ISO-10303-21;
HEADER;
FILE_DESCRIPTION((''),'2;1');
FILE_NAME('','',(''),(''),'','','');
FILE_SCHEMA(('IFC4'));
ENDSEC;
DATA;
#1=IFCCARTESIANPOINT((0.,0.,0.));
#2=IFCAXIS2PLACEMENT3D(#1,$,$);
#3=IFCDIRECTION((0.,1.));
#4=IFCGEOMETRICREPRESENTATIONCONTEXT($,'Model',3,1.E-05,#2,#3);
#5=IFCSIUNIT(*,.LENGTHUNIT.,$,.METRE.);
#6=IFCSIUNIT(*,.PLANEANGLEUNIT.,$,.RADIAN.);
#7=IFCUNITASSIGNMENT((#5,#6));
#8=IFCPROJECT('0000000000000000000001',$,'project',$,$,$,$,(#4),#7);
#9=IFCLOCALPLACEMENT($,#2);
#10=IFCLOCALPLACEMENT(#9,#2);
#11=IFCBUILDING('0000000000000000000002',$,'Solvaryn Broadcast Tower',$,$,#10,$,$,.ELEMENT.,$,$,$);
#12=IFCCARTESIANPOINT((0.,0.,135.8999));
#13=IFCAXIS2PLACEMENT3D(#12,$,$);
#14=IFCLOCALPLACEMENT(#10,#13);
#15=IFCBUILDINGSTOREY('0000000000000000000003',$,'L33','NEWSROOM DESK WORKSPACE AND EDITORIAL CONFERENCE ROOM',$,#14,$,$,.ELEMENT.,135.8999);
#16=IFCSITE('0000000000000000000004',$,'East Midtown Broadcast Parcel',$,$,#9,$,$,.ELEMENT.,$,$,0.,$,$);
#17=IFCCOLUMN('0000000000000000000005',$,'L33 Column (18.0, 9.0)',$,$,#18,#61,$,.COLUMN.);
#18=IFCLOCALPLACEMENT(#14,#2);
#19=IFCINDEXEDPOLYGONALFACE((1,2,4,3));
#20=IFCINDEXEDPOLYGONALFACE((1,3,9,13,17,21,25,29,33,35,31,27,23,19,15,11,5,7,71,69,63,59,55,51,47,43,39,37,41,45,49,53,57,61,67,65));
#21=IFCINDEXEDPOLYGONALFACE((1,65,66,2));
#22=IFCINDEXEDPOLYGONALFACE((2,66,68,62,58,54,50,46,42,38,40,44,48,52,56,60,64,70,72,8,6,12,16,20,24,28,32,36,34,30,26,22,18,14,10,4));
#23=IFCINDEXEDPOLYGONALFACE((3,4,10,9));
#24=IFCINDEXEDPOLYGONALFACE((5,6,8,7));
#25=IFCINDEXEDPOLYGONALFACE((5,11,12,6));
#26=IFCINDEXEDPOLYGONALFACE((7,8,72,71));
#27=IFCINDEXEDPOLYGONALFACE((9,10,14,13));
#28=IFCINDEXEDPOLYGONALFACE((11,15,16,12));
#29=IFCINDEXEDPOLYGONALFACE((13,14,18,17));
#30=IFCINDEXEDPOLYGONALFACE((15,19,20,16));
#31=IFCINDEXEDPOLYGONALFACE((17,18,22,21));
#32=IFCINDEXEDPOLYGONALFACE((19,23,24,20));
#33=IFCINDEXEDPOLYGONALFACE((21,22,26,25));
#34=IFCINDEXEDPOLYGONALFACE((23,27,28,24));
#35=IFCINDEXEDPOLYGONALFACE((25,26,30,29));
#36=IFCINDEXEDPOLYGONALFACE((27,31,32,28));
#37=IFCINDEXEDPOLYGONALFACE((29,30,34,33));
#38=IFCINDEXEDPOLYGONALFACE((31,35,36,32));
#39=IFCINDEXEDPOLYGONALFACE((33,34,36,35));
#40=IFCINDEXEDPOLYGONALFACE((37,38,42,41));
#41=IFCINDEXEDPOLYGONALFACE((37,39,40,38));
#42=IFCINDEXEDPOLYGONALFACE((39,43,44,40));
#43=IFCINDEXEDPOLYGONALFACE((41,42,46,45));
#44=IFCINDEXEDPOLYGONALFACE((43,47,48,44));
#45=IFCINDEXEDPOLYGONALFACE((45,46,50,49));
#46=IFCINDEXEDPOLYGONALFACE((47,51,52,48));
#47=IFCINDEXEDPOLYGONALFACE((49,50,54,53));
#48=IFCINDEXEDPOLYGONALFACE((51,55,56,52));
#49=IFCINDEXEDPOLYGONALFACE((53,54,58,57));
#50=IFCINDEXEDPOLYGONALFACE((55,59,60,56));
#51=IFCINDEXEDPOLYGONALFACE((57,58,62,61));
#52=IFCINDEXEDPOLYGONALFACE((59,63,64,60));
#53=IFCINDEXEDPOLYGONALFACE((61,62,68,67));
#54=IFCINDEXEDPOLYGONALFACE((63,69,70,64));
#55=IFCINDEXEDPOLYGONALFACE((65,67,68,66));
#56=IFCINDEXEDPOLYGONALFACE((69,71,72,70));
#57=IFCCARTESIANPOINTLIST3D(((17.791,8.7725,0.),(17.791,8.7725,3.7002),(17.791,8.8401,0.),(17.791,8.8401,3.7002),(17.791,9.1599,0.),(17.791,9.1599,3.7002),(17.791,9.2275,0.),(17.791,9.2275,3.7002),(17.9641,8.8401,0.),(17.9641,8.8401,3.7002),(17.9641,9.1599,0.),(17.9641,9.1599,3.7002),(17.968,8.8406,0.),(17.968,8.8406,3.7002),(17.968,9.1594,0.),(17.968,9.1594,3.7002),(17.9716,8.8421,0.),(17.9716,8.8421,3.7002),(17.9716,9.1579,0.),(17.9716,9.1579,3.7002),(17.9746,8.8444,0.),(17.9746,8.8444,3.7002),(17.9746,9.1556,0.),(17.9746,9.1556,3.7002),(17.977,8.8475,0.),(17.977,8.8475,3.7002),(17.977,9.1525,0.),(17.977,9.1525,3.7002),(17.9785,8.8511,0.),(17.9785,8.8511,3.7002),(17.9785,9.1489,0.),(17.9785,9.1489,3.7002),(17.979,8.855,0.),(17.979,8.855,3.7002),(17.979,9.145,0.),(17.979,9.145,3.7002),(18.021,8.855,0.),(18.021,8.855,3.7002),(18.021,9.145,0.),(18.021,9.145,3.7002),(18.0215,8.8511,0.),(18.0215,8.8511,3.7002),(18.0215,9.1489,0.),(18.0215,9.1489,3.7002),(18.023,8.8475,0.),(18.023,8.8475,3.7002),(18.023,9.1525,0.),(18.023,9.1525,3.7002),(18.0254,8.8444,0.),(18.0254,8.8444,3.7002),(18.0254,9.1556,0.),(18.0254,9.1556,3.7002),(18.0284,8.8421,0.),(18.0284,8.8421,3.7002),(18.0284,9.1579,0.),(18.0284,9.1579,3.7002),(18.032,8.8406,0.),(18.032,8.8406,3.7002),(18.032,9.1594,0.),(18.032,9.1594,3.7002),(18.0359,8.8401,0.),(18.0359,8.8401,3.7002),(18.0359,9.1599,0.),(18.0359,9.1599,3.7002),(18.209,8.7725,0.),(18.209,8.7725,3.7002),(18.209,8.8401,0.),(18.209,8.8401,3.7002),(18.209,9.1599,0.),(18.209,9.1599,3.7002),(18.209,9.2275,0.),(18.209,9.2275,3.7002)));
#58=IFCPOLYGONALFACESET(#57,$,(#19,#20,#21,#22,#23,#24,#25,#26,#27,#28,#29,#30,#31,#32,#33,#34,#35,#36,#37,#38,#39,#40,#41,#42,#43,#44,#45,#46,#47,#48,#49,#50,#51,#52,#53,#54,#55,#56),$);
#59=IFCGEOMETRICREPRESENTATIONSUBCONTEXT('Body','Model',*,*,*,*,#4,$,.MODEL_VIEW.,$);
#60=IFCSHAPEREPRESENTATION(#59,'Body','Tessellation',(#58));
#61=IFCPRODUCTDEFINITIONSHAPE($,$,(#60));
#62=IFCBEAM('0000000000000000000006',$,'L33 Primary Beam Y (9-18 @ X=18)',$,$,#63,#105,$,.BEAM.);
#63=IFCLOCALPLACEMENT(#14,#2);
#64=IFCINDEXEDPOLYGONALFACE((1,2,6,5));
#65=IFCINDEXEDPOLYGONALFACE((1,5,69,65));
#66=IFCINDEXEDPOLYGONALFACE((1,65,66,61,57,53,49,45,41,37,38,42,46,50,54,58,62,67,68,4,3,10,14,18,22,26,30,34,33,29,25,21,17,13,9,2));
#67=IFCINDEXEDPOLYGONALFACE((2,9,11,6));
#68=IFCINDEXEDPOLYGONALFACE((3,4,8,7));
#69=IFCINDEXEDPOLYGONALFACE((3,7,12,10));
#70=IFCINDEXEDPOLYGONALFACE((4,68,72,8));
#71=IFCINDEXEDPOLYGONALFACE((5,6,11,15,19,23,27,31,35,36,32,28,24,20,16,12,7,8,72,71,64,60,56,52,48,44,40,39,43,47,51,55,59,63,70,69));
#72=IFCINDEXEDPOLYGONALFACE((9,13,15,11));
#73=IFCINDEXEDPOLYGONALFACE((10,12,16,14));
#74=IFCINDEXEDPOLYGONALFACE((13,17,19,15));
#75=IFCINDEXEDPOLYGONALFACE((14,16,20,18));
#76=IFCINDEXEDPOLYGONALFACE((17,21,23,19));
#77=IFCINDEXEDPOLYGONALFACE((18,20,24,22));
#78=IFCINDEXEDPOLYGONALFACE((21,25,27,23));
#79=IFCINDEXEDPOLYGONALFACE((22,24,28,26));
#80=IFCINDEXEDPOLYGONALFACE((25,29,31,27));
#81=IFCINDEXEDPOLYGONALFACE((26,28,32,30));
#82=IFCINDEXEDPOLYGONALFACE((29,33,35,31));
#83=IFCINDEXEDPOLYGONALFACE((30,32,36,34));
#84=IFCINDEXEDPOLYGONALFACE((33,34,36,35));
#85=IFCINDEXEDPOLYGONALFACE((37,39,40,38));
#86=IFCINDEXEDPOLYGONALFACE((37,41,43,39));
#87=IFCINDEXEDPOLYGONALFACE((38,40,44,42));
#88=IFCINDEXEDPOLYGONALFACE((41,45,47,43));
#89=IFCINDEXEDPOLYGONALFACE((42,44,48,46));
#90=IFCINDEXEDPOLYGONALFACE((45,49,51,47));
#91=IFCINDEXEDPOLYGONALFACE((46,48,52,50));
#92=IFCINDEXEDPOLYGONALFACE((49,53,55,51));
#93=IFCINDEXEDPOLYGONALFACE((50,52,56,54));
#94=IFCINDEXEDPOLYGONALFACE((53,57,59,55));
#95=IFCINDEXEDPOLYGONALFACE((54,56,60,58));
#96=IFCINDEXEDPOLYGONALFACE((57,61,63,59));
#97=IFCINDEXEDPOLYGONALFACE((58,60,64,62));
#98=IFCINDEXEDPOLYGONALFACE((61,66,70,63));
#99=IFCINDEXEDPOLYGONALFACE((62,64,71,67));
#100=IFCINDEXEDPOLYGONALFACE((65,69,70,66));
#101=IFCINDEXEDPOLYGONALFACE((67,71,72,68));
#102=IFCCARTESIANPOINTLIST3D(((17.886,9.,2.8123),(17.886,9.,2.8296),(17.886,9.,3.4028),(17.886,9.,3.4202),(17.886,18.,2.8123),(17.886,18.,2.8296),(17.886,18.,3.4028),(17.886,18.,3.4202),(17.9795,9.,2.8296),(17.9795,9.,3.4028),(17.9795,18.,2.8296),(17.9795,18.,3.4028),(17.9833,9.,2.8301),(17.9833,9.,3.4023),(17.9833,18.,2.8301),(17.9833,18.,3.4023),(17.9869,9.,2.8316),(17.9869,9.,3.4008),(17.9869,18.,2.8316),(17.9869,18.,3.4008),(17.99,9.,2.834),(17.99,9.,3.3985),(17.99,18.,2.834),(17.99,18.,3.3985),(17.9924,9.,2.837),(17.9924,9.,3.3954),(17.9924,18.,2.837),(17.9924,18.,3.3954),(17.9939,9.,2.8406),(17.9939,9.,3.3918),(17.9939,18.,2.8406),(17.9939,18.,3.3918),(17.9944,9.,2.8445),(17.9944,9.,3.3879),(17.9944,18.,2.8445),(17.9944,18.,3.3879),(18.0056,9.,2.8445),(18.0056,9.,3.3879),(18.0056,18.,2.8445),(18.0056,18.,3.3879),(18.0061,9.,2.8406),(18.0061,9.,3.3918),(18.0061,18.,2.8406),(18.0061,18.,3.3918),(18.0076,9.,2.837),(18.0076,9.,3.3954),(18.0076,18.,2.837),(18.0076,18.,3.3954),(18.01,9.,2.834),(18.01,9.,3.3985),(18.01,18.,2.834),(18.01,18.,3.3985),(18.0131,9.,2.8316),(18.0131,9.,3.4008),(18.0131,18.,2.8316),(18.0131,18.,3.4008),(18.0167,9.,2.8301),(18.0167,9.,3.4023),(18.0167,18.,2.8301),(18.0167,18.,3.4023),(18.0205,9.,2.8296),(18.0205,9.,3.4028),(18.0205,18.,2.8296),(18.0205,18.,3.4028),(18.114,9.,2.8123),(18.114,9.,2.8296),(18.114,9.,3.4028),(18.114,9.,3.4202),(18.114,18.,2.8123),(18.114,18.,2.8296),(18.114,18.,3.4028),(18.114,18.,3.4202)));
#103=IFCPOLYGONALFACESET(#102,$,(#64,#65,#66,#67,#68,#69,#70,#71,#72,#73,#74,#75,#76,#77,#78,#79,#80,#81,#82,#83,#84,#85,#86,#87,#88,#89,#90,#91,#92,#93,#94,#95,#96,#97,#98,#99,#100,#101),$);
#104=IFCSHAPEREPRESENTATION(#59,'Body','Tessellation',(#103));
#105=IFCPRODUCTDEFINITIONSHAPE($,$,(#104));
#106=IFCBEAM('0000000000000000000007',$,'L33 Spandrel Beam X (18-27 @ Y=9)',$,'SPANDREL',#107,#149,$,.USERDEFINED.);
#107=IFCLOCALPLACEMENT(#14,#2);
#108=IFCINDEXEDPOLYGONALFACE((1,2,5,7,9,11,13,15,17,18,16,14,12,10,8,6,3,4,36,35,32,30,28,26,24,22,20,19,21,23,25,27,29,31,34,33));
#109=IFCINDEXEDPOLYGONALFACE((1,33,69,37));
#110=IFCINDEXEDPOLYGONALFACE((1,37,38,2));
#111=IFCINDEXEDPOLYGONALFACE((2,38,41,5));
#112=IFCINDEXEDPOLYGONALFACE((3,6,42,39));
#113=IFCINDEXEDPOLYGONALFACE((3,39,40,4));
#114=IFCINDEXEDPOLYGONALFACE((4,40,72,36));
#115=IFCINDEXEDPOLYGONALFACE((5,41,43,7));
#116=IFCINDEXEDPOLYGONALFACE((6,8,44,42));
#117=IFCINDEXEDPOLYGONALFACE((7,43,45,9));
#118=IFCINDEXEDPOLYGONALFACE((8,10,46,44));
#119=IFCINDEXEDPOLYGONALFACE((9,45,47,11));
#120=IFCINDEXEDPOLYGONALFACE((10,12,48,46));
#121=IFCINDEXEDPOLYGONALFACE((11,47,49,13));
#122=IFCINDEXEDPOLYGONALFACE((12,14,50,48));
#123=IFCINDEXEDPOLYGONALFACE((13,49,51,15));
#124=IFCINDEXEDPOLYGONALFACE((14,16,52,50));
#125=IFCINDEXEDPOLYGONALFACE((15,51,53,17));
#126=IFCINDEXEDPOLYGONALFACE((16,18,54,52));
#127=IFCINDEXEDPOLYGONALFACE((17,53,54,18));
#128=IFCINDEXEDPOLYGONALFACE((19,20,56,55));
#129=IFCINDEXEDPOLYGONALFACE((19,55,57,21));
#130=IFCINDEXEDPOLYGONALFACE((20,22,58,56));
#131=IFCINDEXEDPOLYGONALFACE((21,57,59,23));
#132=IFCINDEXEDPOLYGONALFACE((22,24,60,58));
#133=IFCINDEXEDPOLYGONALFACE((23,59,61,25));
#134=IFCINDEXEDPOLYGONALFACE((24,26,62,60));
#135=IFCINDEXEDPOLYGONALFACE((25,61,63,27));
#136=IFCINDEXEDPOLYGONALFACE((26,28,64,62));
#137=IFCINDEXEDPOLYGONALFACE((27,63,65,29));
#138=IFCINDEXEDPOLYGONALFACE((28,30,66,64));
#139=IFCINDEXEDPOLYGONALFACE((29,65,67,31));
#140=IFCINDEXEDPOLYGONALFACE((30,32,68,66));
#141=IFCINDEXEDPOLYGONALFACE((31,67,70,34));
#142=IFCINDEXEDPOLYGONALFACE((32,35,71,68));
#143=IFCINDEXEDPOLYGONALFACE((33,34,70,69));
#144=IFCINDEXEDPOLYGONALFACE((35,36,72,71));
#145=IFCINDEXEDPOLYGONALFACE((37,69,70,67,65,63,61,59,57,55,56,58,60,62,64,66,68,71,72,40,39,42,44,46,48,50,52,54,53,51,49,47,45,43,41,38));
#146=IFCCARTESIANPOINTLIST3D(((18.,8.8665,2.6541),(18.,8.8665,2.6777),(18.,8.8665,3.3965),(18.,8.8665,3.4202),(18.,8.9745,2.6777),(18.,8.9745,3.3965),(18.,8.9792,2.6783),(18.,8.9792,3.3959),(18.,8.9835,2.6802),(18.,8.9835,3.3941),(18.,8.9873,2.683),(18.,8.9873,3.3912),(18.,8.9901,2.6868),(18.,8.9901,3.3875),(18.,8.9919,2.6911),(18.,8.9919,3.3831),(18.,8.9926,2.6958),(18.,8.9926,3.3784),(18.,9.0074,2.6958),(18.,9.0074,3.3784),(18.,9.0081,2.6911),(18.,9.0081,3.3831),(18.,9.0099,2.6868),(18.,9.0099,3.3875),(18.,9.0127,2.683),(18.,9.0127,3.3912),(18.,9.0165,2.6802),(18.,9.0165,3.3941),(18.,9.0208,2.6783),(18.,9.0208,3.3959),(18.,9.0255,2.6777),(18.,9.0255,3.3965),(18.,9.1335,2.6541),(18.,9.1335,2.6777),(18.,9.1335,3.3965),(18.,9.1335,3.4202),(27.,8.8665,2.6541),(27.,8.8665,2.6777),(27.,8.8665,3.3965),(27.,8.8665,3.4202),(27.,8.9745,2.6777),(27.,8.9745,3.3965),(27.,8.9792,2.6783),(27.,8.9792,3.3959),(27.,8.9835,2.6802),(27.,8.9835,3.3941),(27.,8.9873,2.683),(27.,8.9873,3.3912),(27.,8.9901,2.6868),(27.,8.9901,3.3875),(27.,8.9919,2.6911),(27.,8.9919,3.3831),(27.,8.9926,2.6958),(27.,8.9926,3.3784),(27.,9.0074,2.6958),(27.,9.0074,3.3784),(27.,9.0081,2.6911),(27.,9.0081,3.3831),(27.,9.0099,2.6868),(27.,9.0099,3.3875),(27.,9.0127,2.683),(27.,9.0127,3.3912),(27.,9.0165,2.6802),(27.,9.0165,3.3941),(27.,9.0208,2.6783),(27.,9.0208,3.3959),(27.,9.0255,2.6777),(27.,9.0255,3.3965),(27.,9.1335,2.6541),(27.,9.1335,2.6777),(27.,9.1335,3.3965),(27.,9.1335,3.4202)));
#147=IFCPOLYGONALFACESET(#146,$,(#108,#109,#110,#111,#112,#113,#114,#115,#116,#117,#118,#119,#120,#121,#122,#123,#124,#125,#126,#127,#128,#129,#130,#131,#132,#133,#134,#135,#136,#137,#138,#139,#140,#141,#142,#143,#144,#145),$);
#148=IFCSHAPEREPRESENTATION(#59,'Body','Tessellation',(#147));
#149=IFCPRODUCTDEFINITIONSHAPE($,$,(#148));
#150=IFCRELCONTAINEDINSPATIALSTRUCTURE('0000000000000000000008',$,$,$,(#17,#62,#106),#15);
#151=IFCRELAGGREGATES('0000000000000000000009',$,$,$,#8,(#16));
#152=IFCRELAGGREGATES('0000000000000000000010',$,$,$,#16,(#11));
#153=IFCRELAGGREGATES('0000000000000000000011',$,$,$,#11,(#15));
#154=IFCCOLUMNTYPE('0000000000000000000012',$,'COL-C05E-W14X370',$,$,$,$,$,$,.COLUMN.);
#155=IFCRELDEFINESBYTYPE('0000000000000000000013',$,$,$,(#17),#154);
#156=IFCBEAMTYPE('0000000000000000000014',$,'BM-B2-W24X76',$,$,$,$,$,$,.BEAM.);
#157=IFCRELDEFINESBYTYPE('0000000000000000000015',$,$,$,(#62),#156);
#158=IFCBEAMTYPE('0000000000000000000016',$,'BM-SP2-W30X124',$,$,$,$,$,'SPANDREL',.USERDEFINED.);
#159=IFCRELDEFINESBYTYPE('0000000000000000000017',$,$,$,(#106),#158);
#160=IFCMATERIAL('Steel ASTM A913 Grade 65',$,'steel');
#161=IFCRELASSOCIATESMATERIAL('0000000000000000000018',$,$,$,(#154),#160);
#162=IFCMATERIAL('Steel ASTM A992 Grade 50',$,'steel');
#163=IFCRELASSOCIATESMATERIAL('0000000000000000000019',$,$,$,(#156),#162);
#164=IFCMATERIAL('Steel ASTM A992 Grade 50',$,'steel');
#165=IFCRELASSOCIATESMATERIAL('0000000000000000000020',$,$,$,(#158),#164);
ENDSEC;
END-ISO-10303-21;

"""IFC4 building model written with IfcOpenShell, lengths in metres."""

from ifc_helpers import new_model, si_unit, direction, frame, origin, origin_2d, place, context, subcontext, project, spatial, i_section, extrude, material, material_profile, profile_set, type_object, element, save


model = new_model("IFC4")

# Units and contexts
model_context = context("Model", 3, precision=1e-05, world=origin(), true_north=direction((0.0, 1.0)))
body_context = subcontext(model_context, "Body", "Model", "MODEL_VIEW")
ifc_project = project(units=[si_unit("LENGTHUNIT", "METRE"), si_unit("PLANEANGLEUNIT", "RADIAN")], contexts=[model_context])

# Site, building, storey
site_placement = place(None, origin())
site = spatial("IfcSite", under=ifc_project, at=site_placement, Name="East Midtown Broadcast Parcel", CompositionType="ELEMENT", RefElevation=0.0)
building_placement = place(site_placement, origin())
building = spatial("IfcBuilding", under=site, at=building_placement, Name="Solvaryn Broadcast Tower", CompositionType="ELEMENT")
storey_placement = place(building_placement, frame((0.0, 0.0, 135.8999)))
storey = spatial("IfcBuildingStorey", under=building, at=storey_placement, Name="L33", Description="NEWSROOM DESK WORKSPACE AND EDITORIAL CONFERENCE ROOM", CompositionType="ELEMENT", Elevation=135.8999)

# Column
ifc_material_1 = material(Name="Steel ASTM A913 Grade 65", Category="steel")
ifc_material_profile_1 = material_profile(ifc_material_1, i_section(OverallWidth=0.418, OverallDepth=0.4551, WebThickness=0.042, FlangeThickness=0.0676, FilletRadius=0.0149, at=origin_2d()))
ifc_profile_set_1 = profile_set([ifc_material_profile_1], Name="Steel ASTM A913 Grade 65")
column_type = type_object("IfcColumnType", Name="COL-C05E-W14X370", PredefinedType="COLUMN", material=ifc_profile_set_1)
column_placement = place(storey_placement, frame((18.0, 9.0, 0.0), z_axis=(0.0, 0.0, 1.0), x_axis=(1.0, 0.0, 0.0)))
element("IfcColumn", 1, at=column_placement, inside=storey, type_object=column_type, Name="L33 Column (18.0, 9.0)", PredefinedType="COLUMN", context=body_context, shape_type="SweptSolid", body=[
    extrude(i_section(OverallWidth=0.418, OverallDepth=0.4551, WebThickness=0.042, FlangeThickness=0.0676, FilletRadius=0.0149, at=origin_2d()), origin(), (0.0, 0.0, 1.0), 3.7002),
])

# Beams
ifc_material_2 = material(Name="Steel ASTM A992 Grade 50", Category="steel")
ifc_material_profile_2 = material_profile(ifc_material_2, i_section(OverallWidth=0.228, OverallDepth=0.6079, WebThickness=0.0112, FlangeThickness=0.0173, FilletRadius=0.0149, at=origin_2d()))
ifc_profile_set_2 = profile_set([ifc_material_profile_2], Name="Steel ASTM A992 Grade 50")
beam_type_1 = type_object("IfcBeamType", Name="BM-B2-W24X76", PredefinedType="BEAM", material=ifc_profile_set_2)
beam_1_placement = place(storey_placement, frame((18.0, 9.0, 3.1162), z_axis=(0.0, 1.0, 0.0), x_axis=(-1.0, 0.0, 0.0)))
element("IfcBeam", 2, at=beam_1_placement, inside=storey, type_object=beam_type_1, Name="L33 Primary Beam Y (9-18 @ X=18)", PredefinedType="BEAM", context=body_context, shape_type="SweptSolid", body=[
    extrude(i_section(OverallWidth=0.228, OverallDepth=0.6079, WebThickness=0.0112, FlangeThickness=0.0173, FilletRadius=0.0149, at=origin_2d()), origin(), (0.0, 0.0, 1.0), 9.0),
])
ifc_material_3 = material(Name="Steel ASTM A992 Grade 50", Category="steel")
ifc_material_profile_3 = material_profile(ifc_material_3, i_section(OverallWidth=0.2671, OverallDepth=0.7661, WebThickness=0.0149, FlangeThickness=0.0237, FilletRadius=0.0181, at=origin_2d()))
ifc_profile_set_3 = profile_set([ifc_material_profile_3], Name="Steel ASTM A992 Grade 50")
beam_type_2 = type_object("IfcBeamType", Name="BM-SP2-W30X124", ElementType="SPANDREL", PredefinedType="USERDEFINED", material=ifc_profile_set_3)
beam_2_placement = place(storey_placement, frame((18.0, 9.0, 3.0371), z_axis=(1.0, 0.0, 0.0), x_axis=(0.0, 1.0, 0.0)))
element("IfcBeam", 3, at=beam_2_placement, inside=storey, type_object=beam_type_2, Name="L33 Spandrel Beam X (18-27 @ Y=9)", ObjectType="SPANDREL", PredefinedType="USERDEFINED", context=body_context, shape_type="SweptSolid", body=[
    extrude(i_section(OverallWidth=0.2671, OverallDepth=0.7661, WebThickness=0.0149, FlangeThickness=0.0237, FilletRadius=0.0181, at=origin_2d()), origin(), (0.0, 0.0, 1.0), 9.0),
])

save(model, "model.ifc")
